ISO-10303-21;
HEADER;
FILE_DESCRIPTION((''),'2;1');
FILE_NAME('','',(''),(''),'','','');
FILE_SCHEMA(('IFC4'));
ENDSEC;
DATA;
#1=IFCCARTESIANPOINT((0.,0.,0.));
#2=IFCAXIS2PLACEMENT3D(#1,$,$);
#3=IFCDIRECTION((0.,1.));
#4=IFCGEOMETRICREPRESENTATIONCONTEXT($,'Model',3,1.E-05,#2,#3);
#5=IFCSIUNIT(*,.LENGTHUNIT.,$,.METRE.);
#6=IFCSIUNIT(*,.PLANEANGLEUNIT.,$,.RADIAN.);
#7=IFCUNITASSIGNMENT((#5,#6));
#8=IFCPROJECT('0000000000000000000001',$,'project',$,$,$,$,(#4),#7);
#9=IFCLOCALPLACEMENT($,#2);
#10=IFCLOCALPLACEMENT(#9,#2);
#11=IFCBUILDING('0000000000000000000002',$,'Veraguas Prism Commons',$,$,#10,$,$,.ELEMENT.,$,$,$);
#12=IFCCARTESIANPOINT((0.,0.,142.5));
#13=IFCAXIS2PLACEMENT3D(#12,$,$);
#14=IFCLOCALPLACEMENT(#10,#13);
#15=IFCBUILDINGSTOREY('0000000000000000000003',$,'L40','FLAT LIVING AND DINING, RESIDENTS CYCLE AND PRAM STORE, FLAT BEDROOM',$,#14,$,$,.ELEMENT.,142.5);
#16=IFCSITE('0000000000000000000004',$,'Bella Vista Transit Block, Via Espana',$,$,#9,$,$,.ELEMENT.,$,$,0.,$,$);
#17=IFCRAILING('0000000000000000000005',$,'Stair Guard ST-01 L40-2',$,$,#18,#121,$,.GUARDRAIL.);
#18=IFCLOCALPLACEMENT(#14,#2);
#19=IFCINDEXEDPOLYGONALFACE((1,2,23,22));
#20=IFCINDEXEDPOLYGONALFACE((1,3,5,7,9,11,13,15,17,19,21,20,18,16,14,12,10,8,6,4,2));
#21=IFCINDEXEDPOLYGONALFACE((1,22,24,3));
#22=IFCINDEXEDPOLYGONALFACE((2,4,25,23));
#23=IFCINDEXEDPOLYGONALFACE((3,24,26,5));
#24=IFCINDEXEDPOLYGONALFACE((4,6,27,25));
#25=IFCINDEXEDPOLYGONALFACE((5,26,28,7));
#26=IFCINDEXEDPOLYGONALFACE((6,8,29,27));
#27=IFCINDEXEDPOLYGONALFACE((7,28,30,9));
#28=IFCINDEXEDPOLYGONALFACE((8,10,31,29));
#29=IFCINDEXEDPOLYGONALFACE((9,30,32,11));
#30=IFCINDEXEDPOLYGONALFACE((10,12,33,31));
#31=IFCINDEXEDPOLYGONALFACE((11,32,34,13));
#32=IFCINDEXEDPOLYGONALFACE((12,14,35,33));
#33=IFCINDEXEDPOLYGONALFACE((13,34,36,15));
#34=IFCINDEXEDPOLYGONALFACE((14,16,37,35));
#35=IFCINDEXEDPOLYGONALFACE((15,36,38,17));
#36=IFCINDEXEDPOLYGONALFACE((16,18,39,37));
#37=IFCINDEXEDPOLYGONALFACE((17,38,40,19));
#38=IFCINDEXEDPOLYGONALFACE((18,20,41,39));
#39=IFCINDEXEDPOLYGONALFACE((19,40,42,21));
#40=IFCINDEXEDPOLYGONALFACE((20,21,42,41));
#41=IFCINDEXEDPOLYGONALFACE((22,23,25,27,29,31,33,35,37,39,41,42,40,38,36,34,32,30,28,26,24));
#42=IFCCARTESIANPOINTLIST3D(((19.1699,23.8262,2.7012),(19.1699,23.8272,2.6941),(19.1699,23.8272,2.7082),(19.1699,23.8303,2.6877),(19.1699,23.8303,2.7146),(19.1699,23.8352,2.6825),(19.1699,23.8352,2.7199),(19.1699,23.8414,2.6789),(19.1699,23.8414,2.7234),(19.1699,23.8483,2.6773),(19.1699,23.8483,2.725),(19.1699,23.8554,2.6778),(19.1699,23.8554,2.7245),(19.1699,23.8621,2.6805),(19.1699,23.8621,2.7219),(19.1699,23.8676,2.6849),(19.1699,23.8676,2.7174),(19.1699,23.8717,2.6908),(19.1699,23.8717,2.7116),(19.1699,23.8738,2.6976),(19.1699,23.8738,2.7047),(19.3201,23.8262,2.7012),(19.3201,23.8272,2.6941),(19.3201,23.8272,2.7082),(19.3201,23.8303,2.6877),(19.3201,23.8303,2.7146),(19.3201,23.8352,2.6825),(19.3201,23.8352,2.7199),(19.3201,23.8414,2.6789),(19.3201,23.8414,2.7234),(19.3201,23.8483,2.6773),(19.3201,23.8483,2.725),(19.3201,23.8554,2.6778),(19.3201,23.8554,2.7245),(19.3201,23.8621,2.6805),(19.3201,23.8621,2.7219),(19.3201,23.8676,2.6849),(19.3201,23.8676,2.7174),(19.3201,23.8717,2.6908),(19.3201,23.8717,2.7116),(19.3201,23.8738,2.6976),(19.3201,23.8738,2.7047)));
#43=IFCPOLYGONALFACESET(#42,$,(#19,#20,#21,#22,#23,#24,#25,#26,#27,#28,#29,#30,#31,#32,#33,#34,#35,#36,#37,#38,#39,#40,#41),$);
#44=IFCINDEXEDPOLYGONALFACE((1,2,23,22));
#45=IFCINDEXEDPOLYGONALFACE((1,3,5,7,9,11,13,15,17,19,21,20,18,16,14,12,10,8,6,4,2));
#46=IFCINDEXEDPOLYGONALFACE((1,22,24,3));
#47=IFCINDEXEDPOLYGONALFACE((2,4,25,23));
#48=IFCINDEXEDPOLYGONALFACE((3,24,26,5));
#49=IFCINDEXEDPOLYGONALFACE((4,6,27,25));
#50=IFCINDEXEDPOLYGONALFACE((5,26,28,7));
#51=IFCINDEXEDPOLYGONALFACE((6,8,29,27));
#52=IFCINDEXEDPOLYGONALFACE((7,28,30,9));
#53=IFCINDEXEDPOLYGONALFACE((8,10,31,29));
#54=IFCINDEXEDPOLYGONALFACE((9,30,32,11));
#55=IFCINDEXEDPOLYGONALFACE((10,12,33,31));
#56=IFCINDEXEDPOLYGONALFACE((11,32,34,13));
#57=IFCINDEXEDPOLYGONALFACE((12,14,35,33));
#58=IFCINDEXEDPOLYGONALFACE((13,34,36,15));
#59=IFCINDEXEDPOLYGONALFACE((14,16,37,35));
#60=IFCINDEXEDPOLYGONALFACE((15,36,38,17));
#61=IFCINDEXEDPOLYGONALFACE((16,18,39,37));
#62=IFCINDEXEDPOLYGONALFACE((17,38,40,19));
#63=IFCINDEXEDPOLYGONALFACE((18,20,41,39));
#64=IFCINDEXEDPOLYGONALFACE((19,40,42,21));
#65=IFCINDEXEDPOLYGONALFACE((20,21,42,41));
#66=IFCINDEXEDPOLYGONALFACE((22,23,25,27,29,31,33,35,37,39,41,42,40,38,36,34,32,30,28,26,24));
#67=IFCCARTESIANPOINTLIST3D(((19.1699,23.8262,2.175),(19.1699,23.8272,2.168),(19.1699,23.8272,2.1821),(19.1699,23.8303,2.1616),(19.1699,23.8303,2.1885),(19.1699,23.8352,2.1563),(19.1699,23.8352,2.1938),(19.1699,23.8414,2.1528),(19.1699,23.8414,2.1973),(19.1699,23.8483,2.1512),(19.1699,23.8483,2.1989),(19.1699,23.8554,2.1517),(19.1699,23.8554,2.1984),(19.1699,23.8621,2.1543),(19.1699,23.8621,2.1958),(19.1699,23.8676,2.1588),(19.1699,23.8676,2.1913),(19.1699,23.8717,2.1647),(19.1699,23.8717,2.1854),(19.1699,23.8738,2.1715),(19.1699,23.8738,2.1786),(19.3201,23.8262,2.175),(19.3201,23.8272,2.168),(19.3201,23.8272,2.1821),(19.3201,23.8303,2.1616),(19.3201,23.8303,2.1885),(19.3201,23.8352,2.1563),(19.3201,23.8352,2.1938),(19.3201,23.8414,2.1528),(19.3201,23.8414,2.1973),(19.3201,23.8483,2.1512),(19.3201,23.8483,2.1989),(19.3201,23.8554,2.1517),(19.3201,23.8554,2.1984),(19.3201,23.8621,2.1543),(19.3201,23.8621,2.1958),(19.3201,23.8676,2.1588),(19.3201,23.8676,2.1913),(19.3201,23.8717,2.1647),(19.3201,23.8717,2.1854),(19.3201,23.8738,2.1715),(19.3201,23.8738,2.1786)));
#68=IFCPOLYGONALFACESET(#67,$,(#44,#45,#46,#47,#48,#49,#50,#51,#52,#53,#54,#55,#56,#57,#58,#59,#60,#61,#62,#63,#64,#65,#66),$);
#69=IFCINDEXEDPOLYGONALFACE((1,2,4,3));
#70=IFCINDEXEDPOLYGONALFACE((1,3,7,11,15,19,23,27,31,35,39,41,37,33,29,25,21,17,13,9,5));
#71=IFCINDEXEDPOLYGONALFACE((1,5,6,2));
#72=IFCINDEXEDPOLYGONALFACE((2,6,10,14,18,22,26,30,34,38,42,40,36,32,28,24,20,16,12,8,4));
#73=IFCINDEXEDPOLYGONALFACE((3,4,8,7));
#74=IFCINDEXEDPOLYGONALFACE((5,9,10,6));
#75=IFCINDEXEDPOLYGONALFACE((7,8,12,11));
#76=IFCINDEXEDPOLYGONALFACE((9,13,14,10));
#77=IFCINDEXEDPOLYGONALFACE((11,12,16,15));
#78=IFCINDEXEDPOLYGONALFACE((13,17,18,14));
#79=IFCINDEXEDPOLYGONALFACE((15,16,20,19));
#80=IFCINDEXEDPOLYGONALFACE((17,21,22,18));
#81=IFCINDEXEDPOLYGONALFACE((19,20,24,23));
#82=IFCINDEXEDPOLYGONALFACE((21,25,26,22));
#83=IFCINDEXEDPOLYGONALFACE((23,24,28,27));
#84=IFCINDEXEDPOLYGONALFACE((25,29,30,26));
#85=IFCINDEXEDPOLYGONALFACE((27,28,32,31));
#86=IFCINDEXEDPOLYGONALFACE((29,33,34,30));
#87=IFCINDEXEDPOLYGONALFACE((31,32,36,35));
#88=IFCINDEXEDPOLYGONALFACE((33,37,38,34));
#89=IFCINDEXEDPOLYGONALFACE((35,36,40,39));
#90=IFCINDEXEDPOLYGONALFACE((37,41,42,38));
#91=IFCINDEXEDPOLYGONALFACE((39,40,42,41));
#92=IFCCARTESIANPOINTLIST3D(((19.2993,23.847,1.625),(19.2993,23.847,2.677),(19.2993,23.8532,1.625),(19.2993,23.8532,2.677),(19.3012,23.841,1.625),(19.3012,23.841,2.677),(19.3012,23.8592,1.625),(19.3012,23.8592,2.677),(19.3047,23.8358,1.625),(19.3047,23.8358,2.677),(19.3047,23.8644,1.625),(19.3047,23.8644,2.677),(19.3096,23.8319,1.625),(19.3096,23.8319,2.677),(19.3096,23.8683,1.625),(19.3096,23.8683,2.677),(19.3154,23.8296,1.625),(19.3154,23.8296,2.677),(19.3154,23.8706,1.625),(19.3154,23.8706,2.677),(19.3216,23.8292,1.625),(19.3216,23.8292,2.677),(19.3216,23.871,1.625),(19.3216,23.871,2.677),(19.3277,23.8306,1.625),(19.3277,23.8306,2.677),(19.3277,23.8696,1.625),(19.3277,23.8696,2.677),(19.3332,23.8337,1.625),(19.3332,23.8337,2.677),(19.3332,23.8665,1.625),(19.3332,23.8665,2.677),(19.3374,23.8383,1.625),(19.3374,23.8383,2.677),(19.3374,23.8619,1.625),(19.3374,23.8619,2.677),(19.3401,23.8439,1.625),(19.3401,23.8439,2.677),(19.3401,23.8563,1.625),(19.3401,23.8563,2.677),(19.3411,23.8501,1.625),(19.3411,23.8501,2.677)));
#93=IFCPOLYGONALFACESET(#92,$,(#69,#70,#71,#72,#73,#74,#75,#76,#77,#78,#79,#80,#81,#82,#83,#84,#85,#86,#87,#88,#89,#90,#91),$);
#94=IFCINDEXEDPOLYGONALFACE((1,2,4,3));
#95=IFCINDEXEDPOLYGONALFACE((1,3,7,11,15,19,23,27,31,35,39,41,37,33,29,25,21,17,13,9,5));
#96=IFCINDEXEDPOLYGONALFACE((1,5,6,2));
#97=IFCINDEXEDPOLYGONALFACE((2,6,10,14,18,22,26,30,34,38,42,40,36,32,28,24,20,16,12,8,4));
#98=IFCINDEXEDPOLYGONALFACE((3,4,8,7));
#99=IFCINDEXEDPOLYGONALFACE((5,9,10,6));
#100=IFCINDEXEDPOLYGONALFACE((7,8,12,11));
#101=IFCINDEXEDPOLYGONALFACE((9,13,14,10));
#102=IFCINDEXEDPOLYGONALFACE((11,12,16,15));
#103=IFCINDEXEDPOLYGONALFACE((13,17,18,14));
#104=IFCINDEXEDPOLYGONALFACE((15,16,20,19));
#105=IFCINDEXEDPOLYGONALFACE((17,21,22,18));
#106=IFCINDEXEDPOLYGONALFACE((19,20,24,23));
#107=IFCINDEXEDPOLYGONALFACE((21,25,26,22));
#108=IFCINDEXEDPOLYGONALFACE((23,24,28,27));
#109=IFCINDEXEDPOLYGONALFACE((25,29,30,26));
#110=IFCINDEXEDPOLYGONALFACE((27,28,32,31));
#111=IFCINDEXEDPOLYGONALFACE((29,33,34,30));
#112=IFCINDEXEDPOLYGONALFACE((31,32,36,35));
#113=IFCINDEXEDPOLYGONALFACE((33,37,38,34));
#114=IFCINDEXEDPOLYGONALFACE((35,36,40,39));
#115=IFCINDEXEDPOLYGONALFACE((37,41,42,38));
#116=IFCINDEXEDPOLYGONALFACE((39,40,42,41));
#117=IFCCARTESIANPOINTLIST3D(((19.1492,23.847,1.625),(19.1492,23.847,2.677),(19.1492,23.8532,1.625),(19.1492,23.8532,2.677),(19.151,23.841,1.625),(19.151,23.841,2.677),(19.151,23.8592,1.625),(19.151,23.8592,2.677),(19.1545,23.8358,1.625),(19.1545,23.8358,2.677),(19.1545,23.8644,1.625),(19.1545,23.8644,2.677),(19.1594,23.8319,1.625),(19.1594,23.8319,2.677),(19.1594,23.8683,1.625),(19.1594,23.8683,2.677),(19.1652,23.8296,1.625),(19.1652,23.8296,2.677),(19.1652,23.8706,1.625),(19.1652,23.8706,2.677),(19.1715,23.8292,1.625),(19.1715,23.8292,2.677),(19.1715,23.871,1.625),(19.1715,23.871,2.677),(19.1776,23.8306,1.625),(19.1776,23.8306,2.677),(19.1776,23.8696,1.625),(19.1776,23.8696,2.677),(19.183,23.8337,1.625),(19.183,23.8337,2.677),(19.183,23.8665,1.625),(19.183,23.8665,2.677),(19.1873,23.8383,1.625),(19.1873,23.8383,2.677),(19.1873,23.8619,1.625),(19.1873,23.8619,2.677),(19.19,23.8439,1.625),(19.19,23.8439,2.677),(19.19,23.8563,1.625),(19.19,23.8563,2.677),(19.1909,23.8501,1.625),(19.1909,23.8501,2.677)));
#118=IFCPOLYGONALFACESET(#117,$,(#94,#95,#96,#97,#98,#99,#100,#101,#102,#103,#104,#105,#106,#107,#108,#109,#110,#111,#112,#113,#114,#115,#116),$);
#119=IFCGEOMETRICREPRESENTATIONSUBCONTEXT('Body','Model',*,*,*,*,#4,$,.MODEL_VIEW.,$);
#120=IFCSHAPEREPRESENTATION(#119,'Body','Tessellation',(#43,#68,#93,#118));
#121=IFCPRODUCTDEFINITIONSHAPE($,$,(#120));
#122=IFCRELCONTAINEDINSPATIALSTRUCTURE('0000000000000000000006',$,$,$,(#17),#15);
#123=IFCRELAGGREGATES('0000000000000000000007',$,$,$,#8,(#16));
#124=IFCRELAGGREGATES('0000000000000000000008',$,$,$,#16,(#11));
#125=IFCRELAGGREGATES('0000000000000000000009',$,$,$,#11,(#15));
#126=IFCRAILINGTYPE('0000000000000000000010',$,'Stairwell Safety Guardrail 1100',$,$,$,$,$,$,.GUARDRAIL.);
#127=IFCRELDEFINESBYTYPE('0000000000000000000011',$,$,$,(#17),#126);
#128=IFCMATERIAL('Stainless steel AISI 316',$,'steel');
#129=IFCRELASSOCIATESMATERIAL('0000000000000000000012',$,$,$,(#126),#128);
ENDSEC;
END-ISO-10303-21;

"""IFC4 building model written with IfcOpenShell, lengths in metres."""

from ifc_helpers import new_model, si_unit, direction, frame, origin, origin_2d, place, context, subcontext, project, spatial, circle, extrude, material, type_object, element, save


model = new_model("IFC4")

# Units and contexts
model_context = context("Model", 3, precision=1e-05, world=origin(), true_north=direction((0.0, 1.0)))
body_context = subcontext(model_context, "Body", "Model", "MODEL_VIEW")
ifc_project = project(units=[si_unit("LENGTHUNIT", "METRE"), si_unit("PLANEANGLEUNIT", "RADIAN")], contexts=[model_context])

# Site, building, storey
site_placement = place(None, origin())
site = spatial("IfcSite", under=ifc_project, at=site_placement, Name="Bella Vista Transit Block, Via Espana", CompositionType="ELEMENT", RefElevation=0.0)
building_placement = place(site_placement, origin())
building = spatial("IfcBuilding", under=site, at=building_placement, Name="Veraguas Prism Commons", CompositionType="ELEMENT")
storey_placement = place(building_placement, frame((0.0, 0.0, 142.5)))
storey = spatial("IfcBuildingStorey", under=building, at=storey_placement, Name="L40", Description="FLAT LIVING AND DINING, RESIDENTS CYCLE AND PRAM STORE, FLAT BEDROOM", CompositionType="ELEMENT", Elevation=142.5)

# Railing
ifc_material_1 = material(Name="Stainless steel AISI 316", Category="steel")
railing_type_1 = type_object("IfcRailingType", Name="Stairwell Safety Guardrail 1100", PredefinedType="GUARDRAIL", material=ifc_material_1)
railing_1_placement = place(storey_placement, frame((19.3201, 23.8501, 1.625)))
element("IfcRailing", 1, at=railing_1_placement, inside=storey, type_object=railing_type_1, Name="Stair Guard ST-01 L40-2", PredefinedType="GUARDRAIL", context=body_context, shape_type="SweptSolid", body=[
    extrude(circle(Radius=0.0239, at=origin_2d()), frame((0.0, 0.0, 1.0762), z_axis=(-1.0, 0.0, 0.0), x_axis=(0.0, -1.0, 0.0)), (0.0, 0.0, 1.0), 0.1501),
    extrude(circle(Radius=0.0239, at=origin_2d()), frame((0.0, 0.0, 0.55), z_axis=(-1.0, 0.0, 0.0), x_axis=(0.0, -1.0, 0.0)), (0.0, 0.0, 1.0), 0.1501),
    extrude(circle(Radius=0.021, at=origin_2d()), origin(), (0.0, 0.0, 1.0), 1.052),
    extrude(circle(Radius=0.021, at=origin_2d()), frame((-0.1501, 0.0, 0.0)), (0.0, 0.0, 1.0), 1.052),
])

save(model, "model.ifc")
